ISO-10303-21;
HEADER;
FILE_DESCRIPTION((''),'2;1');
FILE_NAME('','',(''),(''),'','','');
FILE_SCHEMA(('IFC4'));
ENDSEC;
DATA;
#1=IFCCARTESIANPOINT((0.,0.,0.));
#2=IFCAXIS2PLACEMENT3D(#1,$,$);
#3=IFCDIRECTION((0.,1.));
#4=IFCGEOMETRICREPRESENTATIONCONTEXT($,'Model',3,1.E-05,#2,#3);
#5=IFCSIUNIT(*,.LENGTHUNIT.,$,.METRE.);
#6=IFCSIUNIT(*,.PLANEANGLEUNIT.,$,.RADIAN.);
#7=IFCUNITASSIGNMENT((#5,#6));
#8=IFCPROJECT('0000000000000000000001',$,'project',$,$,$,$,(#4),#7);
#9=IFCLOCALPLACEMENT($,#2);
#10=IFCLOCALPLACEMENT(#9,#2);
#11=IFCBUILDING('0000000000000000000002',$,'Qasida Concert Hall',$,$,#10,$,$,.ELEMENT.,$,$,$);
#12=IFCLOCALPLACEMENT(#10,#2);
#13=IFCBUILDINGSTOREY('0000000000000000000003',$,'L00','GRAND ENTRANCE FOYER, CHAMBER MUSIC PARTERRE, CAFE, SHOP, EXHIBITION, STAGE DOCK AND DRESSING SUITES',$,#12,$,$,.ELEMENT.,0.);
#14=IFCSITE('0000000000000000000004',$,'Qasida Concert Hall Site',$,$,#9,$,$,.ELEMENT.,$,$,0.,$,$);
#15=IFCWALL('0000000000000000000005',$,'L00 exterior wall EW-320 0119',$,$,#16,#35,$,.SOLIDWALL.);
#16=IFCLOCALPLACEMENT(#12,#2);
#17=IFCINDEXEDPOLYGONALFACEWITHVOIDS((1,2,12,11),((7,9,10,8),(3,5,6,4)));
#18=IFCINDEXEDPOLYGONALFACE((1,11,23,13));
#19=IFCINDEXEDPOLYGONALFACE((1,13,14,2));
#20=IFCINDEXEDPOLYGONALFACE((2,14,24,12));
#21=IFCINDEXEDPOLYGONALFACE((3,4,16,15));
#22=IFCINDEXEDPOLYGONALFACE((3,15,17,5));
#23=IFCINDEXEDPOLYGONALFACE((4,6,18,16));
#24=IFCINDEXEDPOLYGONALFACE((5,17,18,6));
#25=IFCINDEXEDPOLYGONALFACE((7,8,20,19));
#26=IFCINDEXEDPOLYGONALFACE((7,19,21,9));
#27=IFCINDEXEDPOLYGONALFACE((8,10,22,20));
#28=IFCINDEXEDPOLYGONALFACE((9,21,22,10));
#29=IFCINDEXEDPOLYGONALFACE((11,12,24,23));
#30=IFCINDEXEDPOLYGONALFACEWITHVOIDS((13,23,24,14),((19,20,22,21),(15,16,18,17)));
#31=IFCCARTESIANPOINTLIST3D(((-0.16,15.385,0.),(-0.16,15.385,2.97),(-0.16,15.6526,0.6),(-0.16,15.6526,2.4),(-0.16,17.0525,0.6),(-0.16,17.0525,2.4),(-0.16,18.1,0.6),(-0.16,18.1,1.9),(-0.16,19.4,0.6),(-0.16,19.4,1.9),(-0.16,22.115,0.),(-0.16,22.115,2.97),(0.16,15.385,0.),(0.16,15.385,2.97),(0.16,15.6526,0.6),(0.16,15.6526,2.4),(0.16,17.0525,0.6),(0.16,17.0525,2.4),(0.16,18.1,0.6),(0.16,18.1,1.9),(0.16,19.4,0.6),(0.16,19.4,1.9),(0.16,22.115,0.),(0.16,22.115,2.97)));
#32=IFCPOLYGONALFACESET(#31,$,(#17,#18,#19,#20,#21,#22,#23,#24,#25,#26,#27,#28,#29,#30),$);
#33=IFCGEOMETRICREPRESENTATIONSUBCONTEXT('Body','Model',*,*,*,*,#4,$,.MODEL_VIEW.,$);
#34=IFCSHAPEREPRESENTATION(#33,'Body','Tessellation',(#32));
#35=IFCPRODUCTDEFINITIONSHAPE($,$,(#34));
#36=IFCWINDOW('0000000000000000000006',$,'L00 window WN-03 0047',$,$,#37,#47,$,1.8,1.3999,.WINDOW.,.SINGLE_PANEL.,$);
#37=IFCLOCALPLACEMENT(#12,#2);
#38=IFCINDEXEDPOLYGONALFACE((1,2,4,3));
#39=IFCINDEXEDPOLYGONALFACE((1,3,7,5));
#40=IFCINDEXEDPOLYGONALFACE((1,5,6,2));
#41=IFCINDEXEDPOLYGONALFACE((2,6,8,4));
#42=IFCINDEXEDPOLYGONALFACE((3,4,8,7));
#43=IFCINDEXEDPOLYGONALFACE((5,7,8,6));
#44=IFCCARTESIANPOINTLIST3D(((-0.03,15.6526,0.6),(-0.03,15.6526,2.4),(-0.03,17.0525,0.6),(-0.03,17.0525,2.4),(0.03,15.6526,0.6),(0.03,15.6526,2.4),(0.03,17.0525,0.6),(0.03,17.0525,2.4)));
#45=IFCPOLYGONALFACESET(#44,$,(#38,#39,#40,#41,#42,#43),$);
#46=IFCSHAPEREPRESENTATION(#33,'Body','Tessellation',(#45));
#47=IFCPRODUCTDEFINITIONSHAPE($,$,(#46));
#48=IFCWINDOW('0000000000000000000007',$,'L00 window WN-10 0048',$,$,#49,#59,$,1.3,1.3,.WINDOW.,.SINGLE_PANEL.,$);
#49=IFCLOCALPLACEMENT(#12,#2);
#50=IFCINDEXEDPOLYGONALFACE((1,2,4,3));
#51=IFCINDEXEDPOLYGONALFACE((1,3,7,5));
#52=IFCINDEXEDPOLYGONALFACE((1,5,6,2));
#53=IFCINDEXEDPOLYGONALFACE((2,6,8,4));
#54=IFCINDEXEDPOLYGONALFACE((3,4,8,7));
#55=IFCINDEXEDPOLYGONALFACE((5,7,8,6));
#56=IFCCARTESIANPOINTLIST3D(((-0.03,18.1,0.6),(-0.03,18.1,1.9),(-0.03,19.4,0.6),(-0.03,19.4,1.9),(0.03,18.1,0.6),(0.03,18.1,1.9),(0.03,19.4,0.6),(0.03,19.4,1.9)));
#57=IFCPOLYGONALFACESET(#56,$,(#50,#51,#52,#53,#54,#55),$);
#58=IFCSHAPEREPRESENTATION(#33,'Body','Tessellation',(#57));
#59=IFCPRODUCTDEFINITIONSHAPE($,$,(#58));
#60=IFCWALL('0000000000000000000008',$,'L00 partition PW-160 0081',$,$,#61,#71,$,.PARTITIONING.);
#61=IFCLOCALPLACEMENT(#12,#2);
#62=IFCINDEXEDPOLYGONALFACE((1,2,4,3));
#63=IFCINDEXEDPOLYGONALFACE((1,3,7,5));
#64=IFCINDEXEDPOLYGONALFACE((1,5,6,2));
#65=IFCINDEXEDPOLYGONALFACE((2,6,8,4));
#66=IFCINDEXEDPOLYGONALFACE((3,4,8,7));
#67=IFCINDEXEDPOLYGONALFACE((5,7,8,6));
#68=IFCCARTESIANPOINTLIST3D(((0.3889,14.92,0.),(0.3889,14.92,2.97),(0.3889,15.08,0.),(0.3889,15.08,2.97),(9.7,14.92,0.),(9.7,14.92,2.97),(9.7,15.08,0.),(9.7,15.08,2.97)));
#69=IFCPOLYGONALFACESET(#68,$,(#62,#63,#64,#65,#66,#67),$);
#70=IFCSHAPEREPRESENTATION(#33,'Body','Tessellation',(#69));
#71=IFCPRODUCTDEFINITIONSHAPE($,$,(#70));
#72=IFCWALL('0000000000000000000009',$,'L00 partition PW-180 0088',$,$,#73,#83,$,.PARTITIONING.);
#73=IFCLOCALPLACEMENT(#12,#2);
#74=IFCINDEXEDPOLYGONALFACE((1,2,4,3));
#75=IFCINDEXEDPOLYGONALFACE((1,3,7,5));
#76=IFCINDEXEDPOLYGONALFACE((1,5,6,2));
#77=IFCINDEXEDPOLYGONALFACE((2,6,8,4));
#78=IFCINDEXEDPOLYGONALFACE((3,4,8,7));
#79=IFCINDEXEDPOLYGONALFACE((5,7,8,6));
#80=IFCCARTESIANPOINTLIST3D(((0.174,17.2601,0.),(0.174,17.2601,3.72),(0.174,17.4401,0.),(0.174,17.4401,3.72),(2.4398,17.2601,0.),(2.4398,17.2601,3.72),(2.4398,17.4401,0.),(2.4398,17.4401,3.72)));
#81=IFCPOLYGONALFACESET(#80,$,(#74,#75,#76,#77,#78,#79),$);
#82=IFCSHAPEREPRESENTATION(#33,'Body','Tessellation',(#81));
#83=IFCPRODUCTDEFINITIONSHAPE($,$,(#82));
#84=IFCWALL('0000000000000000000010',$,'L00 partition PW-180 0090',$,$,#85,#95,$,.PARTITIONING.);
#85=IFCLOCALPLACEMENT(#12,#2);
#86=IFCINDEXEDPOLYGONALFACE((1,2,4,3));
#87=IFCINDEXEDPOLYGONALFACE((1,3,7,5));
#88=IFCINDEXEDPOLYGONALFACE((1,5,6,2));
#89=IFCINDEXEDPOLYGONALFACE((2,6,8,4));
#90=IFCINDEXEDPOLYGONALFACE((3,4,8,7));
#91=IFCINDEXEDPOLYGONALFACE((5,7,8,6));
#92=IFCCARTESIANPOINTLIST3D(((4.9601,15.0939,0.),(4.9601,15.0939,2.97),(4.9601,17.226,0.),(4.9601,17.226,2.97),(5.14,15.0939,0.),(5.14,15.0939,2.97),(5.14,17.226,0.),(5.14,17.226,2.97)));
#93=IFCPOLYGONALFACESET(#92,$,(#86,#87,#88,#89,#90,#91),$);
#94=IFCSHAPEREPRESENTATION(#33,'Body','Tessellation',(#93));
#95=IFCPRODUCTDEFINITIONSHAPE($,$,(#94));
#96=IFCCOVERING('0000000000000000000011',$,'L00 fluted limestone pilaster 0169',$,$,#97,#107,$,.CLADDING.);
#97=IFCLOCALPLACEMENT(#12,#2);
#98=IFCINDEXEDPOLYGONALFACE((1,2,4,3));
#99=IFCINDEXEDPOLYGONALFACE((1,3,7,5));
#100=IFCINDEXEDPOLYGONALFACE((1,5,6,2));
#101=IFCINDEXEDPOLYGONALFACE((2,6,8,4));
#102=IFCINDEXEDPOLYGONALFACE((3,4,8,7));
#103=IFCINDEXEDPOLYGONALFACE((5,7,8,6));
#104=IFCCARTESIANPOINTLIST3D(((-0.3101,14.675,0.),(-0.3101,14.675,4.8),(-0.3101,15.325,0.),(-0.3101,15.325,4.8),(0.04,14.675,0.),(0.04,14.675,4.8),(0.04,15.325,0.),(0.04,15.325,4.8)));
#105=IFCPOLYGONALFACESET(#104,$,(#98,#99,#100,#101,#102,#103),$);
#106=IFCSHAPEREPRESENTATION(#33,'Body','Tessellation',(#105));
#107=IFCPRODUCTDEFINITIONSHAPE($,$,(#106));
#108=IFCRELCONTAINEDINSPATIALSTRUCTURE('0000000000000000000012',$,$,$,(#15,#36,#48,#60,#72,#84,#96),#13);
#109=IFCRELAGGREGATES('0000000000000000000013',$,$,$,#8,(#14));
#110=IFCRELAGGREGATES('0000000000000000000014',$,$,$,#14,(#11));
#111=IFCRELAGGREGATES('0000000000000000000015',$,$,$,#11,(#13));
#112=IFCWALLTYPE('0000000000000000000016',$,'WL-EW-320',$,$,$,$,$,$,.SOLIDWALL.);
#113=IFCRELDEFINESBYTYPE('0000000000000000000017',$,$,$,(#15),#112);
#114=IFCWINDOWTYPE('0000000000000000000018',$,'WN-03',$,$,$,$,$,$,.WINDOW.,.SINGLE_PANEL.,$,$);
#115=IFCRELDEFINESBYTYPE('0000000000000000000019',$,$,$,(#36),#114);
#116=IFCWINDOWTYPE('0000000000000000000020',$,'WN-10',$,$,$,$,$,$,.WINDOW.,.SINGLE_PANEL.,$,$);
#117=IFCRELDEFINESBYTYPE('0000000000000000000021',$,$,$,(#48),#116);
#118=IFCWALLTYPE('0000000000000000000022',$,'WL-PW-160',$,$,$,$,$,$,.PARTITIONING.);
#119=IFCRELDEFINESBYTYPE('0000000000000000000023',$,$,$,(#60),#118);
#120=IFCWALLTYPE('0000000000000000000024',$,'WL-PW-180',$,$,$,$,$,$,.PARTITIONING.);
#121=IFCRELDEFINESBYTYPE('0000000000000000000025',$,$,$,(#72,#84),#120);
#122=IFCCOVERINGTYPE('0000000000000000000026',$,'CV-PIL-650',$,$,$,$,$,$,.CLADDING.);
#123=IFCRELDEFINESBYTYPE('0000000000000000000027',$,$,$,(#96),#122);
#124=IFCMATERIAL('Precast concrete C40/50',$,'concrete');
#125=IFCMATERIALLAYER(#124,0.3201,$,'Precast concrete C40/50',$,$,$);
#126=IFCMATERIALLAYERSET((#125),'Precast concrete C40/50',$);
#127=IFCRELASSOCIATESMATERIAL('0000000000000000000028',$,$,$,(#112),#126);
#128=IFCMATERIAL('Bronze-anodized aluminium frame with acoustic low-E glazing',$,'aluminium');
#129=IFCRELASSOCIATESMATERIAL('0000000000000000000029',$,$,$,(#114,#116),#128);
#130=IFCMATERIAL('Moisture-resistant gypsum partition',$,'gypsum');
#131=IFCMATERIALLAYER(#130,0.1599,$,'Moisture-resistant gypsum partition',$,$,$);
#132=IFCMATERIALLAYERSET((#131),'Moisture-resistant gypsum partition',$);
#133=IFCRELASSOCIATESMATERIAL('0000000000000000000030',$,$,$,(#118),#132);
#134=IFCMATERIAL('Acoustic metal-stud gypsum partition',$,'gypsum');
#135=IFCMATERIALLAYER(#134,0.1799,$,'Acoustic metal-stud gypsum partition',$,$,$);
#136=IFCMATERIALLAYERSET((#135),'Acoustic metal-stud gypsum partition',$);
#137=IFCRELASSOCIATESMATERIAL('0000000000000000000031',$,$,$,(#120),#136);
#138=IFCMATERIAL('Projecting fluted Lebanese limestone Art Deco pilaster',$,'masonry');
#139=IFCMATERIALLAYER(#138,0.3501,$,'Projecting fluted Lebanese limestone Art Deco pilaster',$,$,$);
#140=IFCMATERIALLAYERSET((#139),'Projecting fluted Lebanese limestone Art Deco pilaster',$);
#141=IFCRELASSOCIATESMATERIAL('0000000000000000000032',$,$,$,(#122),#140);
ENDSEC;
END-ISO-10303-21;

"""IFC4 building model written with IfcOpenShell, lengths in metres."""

from ifc_helpers import new_model, si_unit, direction, frame, frame_2d, origin, origin_2d, place, context, subcontext, project, spatial, rectangle, extrude, material, layer, layer_set, type_object, element, fill, save


model = new_model("IFC4")

# Units and contexts
model_context = context("Model", 3, precision=1e-05, world=origin(), true_north=direction((0.0, 1.0)))
body_context = subcontext(model_context, "Body", "Model", "MODEL_VIEW")
ifc_project = project(units=[si_unit("LENGTHUNIT", "METRE"), si_unit("PLANEANGLEUNIT", "RADIAN")], contexts=[model_context])

# Site, building, storey
site_placement = place(None, origin())
site = spatial("IfcSite", under=ifc_project, at=site_placement, Name="Qasida Concert Hall Site", CompositionType="ELEMENT", RefElevation=0.0)
building_placement = place(site_placement, origin())
building = spatial("IfcBuilding", under=site, at=building_placement, Name="Qasida Concert Hall", CompositionType="ELEMENT")
storey_placement = place(building_placement, origin())
storey = spatial("IfcBuildingStorey", under=building, at=storey_placement, Name="L00", Description="GRAND ENTRANCE FOYER, CHAMBER MUSIC PARTERRE, CAFE, SHOP, EXHIBITION, STAGE DOCK AND DRESSING SUITES", CompositionType="ELEMENT", Elevation=0.0)

# Wall, openings, windows
ifc_material_1 = material(Name="Precast concrete C40/50", Category="concrete")
ifc_layer_1 = layer(ifc_material_1, 0.3201, Name="Precast concrete C40/50")
ifc_layer_set_1 = layer_set([ifc_layer_1], Name="Precast concrete C40/50")
wall_type_1 = type_object("IfcWallType", Name="WL-EW-320", PredefinedType="SOLIDWALL", material=ifc_layer_set_1)
wall_1_placement = place(storey_placement, frame((0.0, 15.385, 0.0), z_axis=(0.0, 0.0, 1.0), x_axis=(0.0, 1.0, 0.0)))
wall_1 = element("IfcWall", 1, at=wall_1_placement, inside=storey, type_object=wall_type_1, Name="L00 exterior wall EW-320 0119", PredefinedType="SOLIDWALL", context=body_context, shape_type="SweptSolid", body=[
    extrude(rectangle(XDim=6.73, YDim=0.3201, at=frame_2d((3.365, 0.0))), origin(), (0.0, 0.0, 1.0), 2.97),
])
opening_1_placement = place(wall_1_placement, frame((0.2676, 0.0, 0.6001)))
opening_1 = element("IfcOpeningElement", 2, at=opening_1_placement, cuts=wall_1, PredefinedType="OPENING", context=body_context, shape_type="SweptSolid", body=[
    extrude(rectangle(XDim=1.3999, YDim=1.8, at=frame_2d((0.7, 0.8999))), frame((0.0, 0.1699, 0.0), z_axis=(0.0, -1.0, 0.0), x_axis=(1.0, 0.0, 0.0)), (0.0, 0.0, 1.0), 0.3401),
])
opening_2_placement = place(wall_1_placement, frame((2.7151, 0.0, 0.6001)))
opening_2 = element("IfcOpeningElement", 3, at=opening_2_placement, cuts=wall_1, PredefinedType="OPENING", context=body_context, shape_type="SweptSolid", body=[
    extrude(rectangle(XDim=1.3, YDim=1.3, at=frame_2d((0.6499, 0.6499))), frame((0.0, 0.1699, 0.0), z_axis=(0.0, -1.0, 0.0), x_axis=(1.0, 0.0, 0.0)), (0.0, 0.0, 1.0), 0.3401),
])
ifc_material_2 = material(Name="Bronze-anodized aluminium frame with acoustic low-E glazing", Category="aluminium")
window_type_1 = type_object("IfcWindowType", Name="WN-03", PartitioningType="SINGLE_PANEL", PredefinedType="WINDOW", material=ifc_material_2)
window_1_placement = place(opening_1_placement, origin())
window_1 = element("IfcWindow", 4, at=window_1_placement, inside=storey, type_object=window_type_1, Name="L00 window WN-03 0047", OverallHeight=1.8, OverallWidth=1.3999, PartitioningType="SINGLE_PANEL", PredefinedType="WINDOW", context=body_context, shape_type="SweptSolid", body=[
    extrude(rectangle(XDim=1.3999, YDim=1.8, at=frame_2d((0.7, 0.8999))), frame((0.0, 0.03, 0.0), z_axis=(0.0, -1.0, 0.0), x_axis=(1.0, 0.0, 0.0)), (0.0, 0.0, 1.0), 0.0601),
])
fill(opening_1, window_1)
window_type_2 = type_object("IfcWindowType", Name="WN-10", PartitioningType="SINGLE_PANEL", PredefinedType="WINDOW", material=ifc_material_2)
window_2_placement = place(opening_2_placement, origin())
window_2 = element("IfcWindow", 5, at=window_2_placement, inside=storey, type_object=window_type_2, Name="L00 window WN-10 0048", OverallHeight=1.3, OverallWidth=1.3, PartitioningType="SINGLE_PANEL", PredefinedType="WINDOW", context=body_context, shape_type="SweptSolid", body=[
    extrude(rectangle(XDim=1.3, YDim=1.3, at=frame_2d((0.6499, 0.6499))), frame((0.0, 0.03, 0.0), z_axis=(0.0, -1.0, 0.0), x_axis=(1.0, 0.0, 0.0)), (0.0, 0.0, 1.0), 0.0601),
])
fill(opening_2, window_2)

# Walls
ifc_material_3 = material(Name="Moisture-resistant gypsum partition", Category="gypsum")
ifc_layer_2 = layer(ifc_material_3, 0.1599, Name="Moisture-resistant gypsum partition")
ifc_layer_set_2 = layer_set([ifc_layer_2], Name="Moisture-resistant gypsum partition")
wall_type_2 = type_object("IfcWallType", Name="WL-PW-160", PredefinedType="PARTITIONING", material=ifc_layer_set_2)
wall_2_placement = place(storey_placement, frame((0.3889, 15.0, 0.0), z_axis=(0.0, 0.0, 1.0), x_axis=(1.0, 0.0, 0.0)))
element("IfcWall", 6, at=wall_2_placement, inside=storey, type_object=wall_type_2, Name="L00 partition PW-160 0081", PredefinedType="PARTITIONING", context=body_context, shape_type="SweptSolid", body=[
    extrude(rectangle(XDim=9.311, YDim=0.1599, at=frame_2d((4.6555, 0.0))), origin(), (0.0, 0.0, 1.0), 2.97),
])
ifc_material_4 = material(Name="Acoustic metal-stud gypsum partition", Category="gypsum")
ifc_layer_3 = layer(ifc_material_4, 0.1799, Name="Acoustic metal-stud gypsum partition")
ifc_layer_set_3 = layer_set([ifc_layer_3], Name="Acoustic metal-stud gypsum partition")
wall_type_3 = type_object("IfcWallType", Name="WL-PW-180", PredefinedType="PARTITIONING", material=ifc_layer_set_3)
wall_3_placement = place(storey_placement, frame((0.1741, 17.3501, 0.0), z_axis=(0.0, 0.0, 1.0), x_axis=(1.0, 0.0, 0.0)))
element("IfcWall", 7, at=wall_3_placement, inside=storey, type_object=wall_type_3, Name="L00 partition PW-180 0088", PredefinedType="PARTITIONING", context=body_context, shape_type="SweptSolid", body=[
    extrude(rectangle(XDim=2.2659, YDim=0.1799, at=frame_2d((1.1328, 0.0))), origin(), (0.0, 0.0, 1.0), 3.72),
])
wall_4_placement = place(storey_placement, frame((5.05, 15.094, 0.0), z_axis=(0.0, 0.0, 1.0), x_axis=(0.0, 1.0, 0.0)))
element("IfcWall", 8, at=wall_4_placement, inside=storey, type_object=wall_type_3, Name="L00 partition PW-180 0090", PredefinedType="PARTITIONING", context=body_context, shape_type="SweptSolid", body=[
    extrude(rectangle(XDim=2.1321, YDim=0.1799, at=frame_2d((1.0659, 0.0))), origin(), (0.0, 0.0, 1.0), 2.97),
])

# Covering
ifc_material_5 = material(Name="Projecting fluted Lebanese limestone Art Deco pilaster", Category="masonry")
ifc_layer_4 = layer(ifc_material_5, 0.3501, Name="Projecting fluted Lebanese limestone Art Deco pilaster")
ifc_layer_set_4 = layer_set([ifc_layer_4], Name="Projecting fluted Lebanese limestone Art Deco pilaster")
covering_type = type_object("IfcCoveringType", Name="CV-PIL-650", PredefinedType="CLADDING", material=ifc_layer_set_4)
covering_placement = place(storey_placement, frame((-0.135, 15.0, 0.0), z_axis=(0.0, 0.0, 1.0), x_axis=(1.0, 0.0, 0.0)))
element("IfcCovering", 9, at=covering_placement, inside=storey, type_object=covering_type, Name="L00 fluted limestone pilaster 0169", PredefinedType="CLADDING", context=body_context, shape_type="SweptSolid", body=[
    extrude(rectangle(XDim=0.3501, YDim=0.6499, at=origin_2d()), origin(), (0.0, 0.0, 1.0), 4.8),
])

save(model, "model.ifc")
